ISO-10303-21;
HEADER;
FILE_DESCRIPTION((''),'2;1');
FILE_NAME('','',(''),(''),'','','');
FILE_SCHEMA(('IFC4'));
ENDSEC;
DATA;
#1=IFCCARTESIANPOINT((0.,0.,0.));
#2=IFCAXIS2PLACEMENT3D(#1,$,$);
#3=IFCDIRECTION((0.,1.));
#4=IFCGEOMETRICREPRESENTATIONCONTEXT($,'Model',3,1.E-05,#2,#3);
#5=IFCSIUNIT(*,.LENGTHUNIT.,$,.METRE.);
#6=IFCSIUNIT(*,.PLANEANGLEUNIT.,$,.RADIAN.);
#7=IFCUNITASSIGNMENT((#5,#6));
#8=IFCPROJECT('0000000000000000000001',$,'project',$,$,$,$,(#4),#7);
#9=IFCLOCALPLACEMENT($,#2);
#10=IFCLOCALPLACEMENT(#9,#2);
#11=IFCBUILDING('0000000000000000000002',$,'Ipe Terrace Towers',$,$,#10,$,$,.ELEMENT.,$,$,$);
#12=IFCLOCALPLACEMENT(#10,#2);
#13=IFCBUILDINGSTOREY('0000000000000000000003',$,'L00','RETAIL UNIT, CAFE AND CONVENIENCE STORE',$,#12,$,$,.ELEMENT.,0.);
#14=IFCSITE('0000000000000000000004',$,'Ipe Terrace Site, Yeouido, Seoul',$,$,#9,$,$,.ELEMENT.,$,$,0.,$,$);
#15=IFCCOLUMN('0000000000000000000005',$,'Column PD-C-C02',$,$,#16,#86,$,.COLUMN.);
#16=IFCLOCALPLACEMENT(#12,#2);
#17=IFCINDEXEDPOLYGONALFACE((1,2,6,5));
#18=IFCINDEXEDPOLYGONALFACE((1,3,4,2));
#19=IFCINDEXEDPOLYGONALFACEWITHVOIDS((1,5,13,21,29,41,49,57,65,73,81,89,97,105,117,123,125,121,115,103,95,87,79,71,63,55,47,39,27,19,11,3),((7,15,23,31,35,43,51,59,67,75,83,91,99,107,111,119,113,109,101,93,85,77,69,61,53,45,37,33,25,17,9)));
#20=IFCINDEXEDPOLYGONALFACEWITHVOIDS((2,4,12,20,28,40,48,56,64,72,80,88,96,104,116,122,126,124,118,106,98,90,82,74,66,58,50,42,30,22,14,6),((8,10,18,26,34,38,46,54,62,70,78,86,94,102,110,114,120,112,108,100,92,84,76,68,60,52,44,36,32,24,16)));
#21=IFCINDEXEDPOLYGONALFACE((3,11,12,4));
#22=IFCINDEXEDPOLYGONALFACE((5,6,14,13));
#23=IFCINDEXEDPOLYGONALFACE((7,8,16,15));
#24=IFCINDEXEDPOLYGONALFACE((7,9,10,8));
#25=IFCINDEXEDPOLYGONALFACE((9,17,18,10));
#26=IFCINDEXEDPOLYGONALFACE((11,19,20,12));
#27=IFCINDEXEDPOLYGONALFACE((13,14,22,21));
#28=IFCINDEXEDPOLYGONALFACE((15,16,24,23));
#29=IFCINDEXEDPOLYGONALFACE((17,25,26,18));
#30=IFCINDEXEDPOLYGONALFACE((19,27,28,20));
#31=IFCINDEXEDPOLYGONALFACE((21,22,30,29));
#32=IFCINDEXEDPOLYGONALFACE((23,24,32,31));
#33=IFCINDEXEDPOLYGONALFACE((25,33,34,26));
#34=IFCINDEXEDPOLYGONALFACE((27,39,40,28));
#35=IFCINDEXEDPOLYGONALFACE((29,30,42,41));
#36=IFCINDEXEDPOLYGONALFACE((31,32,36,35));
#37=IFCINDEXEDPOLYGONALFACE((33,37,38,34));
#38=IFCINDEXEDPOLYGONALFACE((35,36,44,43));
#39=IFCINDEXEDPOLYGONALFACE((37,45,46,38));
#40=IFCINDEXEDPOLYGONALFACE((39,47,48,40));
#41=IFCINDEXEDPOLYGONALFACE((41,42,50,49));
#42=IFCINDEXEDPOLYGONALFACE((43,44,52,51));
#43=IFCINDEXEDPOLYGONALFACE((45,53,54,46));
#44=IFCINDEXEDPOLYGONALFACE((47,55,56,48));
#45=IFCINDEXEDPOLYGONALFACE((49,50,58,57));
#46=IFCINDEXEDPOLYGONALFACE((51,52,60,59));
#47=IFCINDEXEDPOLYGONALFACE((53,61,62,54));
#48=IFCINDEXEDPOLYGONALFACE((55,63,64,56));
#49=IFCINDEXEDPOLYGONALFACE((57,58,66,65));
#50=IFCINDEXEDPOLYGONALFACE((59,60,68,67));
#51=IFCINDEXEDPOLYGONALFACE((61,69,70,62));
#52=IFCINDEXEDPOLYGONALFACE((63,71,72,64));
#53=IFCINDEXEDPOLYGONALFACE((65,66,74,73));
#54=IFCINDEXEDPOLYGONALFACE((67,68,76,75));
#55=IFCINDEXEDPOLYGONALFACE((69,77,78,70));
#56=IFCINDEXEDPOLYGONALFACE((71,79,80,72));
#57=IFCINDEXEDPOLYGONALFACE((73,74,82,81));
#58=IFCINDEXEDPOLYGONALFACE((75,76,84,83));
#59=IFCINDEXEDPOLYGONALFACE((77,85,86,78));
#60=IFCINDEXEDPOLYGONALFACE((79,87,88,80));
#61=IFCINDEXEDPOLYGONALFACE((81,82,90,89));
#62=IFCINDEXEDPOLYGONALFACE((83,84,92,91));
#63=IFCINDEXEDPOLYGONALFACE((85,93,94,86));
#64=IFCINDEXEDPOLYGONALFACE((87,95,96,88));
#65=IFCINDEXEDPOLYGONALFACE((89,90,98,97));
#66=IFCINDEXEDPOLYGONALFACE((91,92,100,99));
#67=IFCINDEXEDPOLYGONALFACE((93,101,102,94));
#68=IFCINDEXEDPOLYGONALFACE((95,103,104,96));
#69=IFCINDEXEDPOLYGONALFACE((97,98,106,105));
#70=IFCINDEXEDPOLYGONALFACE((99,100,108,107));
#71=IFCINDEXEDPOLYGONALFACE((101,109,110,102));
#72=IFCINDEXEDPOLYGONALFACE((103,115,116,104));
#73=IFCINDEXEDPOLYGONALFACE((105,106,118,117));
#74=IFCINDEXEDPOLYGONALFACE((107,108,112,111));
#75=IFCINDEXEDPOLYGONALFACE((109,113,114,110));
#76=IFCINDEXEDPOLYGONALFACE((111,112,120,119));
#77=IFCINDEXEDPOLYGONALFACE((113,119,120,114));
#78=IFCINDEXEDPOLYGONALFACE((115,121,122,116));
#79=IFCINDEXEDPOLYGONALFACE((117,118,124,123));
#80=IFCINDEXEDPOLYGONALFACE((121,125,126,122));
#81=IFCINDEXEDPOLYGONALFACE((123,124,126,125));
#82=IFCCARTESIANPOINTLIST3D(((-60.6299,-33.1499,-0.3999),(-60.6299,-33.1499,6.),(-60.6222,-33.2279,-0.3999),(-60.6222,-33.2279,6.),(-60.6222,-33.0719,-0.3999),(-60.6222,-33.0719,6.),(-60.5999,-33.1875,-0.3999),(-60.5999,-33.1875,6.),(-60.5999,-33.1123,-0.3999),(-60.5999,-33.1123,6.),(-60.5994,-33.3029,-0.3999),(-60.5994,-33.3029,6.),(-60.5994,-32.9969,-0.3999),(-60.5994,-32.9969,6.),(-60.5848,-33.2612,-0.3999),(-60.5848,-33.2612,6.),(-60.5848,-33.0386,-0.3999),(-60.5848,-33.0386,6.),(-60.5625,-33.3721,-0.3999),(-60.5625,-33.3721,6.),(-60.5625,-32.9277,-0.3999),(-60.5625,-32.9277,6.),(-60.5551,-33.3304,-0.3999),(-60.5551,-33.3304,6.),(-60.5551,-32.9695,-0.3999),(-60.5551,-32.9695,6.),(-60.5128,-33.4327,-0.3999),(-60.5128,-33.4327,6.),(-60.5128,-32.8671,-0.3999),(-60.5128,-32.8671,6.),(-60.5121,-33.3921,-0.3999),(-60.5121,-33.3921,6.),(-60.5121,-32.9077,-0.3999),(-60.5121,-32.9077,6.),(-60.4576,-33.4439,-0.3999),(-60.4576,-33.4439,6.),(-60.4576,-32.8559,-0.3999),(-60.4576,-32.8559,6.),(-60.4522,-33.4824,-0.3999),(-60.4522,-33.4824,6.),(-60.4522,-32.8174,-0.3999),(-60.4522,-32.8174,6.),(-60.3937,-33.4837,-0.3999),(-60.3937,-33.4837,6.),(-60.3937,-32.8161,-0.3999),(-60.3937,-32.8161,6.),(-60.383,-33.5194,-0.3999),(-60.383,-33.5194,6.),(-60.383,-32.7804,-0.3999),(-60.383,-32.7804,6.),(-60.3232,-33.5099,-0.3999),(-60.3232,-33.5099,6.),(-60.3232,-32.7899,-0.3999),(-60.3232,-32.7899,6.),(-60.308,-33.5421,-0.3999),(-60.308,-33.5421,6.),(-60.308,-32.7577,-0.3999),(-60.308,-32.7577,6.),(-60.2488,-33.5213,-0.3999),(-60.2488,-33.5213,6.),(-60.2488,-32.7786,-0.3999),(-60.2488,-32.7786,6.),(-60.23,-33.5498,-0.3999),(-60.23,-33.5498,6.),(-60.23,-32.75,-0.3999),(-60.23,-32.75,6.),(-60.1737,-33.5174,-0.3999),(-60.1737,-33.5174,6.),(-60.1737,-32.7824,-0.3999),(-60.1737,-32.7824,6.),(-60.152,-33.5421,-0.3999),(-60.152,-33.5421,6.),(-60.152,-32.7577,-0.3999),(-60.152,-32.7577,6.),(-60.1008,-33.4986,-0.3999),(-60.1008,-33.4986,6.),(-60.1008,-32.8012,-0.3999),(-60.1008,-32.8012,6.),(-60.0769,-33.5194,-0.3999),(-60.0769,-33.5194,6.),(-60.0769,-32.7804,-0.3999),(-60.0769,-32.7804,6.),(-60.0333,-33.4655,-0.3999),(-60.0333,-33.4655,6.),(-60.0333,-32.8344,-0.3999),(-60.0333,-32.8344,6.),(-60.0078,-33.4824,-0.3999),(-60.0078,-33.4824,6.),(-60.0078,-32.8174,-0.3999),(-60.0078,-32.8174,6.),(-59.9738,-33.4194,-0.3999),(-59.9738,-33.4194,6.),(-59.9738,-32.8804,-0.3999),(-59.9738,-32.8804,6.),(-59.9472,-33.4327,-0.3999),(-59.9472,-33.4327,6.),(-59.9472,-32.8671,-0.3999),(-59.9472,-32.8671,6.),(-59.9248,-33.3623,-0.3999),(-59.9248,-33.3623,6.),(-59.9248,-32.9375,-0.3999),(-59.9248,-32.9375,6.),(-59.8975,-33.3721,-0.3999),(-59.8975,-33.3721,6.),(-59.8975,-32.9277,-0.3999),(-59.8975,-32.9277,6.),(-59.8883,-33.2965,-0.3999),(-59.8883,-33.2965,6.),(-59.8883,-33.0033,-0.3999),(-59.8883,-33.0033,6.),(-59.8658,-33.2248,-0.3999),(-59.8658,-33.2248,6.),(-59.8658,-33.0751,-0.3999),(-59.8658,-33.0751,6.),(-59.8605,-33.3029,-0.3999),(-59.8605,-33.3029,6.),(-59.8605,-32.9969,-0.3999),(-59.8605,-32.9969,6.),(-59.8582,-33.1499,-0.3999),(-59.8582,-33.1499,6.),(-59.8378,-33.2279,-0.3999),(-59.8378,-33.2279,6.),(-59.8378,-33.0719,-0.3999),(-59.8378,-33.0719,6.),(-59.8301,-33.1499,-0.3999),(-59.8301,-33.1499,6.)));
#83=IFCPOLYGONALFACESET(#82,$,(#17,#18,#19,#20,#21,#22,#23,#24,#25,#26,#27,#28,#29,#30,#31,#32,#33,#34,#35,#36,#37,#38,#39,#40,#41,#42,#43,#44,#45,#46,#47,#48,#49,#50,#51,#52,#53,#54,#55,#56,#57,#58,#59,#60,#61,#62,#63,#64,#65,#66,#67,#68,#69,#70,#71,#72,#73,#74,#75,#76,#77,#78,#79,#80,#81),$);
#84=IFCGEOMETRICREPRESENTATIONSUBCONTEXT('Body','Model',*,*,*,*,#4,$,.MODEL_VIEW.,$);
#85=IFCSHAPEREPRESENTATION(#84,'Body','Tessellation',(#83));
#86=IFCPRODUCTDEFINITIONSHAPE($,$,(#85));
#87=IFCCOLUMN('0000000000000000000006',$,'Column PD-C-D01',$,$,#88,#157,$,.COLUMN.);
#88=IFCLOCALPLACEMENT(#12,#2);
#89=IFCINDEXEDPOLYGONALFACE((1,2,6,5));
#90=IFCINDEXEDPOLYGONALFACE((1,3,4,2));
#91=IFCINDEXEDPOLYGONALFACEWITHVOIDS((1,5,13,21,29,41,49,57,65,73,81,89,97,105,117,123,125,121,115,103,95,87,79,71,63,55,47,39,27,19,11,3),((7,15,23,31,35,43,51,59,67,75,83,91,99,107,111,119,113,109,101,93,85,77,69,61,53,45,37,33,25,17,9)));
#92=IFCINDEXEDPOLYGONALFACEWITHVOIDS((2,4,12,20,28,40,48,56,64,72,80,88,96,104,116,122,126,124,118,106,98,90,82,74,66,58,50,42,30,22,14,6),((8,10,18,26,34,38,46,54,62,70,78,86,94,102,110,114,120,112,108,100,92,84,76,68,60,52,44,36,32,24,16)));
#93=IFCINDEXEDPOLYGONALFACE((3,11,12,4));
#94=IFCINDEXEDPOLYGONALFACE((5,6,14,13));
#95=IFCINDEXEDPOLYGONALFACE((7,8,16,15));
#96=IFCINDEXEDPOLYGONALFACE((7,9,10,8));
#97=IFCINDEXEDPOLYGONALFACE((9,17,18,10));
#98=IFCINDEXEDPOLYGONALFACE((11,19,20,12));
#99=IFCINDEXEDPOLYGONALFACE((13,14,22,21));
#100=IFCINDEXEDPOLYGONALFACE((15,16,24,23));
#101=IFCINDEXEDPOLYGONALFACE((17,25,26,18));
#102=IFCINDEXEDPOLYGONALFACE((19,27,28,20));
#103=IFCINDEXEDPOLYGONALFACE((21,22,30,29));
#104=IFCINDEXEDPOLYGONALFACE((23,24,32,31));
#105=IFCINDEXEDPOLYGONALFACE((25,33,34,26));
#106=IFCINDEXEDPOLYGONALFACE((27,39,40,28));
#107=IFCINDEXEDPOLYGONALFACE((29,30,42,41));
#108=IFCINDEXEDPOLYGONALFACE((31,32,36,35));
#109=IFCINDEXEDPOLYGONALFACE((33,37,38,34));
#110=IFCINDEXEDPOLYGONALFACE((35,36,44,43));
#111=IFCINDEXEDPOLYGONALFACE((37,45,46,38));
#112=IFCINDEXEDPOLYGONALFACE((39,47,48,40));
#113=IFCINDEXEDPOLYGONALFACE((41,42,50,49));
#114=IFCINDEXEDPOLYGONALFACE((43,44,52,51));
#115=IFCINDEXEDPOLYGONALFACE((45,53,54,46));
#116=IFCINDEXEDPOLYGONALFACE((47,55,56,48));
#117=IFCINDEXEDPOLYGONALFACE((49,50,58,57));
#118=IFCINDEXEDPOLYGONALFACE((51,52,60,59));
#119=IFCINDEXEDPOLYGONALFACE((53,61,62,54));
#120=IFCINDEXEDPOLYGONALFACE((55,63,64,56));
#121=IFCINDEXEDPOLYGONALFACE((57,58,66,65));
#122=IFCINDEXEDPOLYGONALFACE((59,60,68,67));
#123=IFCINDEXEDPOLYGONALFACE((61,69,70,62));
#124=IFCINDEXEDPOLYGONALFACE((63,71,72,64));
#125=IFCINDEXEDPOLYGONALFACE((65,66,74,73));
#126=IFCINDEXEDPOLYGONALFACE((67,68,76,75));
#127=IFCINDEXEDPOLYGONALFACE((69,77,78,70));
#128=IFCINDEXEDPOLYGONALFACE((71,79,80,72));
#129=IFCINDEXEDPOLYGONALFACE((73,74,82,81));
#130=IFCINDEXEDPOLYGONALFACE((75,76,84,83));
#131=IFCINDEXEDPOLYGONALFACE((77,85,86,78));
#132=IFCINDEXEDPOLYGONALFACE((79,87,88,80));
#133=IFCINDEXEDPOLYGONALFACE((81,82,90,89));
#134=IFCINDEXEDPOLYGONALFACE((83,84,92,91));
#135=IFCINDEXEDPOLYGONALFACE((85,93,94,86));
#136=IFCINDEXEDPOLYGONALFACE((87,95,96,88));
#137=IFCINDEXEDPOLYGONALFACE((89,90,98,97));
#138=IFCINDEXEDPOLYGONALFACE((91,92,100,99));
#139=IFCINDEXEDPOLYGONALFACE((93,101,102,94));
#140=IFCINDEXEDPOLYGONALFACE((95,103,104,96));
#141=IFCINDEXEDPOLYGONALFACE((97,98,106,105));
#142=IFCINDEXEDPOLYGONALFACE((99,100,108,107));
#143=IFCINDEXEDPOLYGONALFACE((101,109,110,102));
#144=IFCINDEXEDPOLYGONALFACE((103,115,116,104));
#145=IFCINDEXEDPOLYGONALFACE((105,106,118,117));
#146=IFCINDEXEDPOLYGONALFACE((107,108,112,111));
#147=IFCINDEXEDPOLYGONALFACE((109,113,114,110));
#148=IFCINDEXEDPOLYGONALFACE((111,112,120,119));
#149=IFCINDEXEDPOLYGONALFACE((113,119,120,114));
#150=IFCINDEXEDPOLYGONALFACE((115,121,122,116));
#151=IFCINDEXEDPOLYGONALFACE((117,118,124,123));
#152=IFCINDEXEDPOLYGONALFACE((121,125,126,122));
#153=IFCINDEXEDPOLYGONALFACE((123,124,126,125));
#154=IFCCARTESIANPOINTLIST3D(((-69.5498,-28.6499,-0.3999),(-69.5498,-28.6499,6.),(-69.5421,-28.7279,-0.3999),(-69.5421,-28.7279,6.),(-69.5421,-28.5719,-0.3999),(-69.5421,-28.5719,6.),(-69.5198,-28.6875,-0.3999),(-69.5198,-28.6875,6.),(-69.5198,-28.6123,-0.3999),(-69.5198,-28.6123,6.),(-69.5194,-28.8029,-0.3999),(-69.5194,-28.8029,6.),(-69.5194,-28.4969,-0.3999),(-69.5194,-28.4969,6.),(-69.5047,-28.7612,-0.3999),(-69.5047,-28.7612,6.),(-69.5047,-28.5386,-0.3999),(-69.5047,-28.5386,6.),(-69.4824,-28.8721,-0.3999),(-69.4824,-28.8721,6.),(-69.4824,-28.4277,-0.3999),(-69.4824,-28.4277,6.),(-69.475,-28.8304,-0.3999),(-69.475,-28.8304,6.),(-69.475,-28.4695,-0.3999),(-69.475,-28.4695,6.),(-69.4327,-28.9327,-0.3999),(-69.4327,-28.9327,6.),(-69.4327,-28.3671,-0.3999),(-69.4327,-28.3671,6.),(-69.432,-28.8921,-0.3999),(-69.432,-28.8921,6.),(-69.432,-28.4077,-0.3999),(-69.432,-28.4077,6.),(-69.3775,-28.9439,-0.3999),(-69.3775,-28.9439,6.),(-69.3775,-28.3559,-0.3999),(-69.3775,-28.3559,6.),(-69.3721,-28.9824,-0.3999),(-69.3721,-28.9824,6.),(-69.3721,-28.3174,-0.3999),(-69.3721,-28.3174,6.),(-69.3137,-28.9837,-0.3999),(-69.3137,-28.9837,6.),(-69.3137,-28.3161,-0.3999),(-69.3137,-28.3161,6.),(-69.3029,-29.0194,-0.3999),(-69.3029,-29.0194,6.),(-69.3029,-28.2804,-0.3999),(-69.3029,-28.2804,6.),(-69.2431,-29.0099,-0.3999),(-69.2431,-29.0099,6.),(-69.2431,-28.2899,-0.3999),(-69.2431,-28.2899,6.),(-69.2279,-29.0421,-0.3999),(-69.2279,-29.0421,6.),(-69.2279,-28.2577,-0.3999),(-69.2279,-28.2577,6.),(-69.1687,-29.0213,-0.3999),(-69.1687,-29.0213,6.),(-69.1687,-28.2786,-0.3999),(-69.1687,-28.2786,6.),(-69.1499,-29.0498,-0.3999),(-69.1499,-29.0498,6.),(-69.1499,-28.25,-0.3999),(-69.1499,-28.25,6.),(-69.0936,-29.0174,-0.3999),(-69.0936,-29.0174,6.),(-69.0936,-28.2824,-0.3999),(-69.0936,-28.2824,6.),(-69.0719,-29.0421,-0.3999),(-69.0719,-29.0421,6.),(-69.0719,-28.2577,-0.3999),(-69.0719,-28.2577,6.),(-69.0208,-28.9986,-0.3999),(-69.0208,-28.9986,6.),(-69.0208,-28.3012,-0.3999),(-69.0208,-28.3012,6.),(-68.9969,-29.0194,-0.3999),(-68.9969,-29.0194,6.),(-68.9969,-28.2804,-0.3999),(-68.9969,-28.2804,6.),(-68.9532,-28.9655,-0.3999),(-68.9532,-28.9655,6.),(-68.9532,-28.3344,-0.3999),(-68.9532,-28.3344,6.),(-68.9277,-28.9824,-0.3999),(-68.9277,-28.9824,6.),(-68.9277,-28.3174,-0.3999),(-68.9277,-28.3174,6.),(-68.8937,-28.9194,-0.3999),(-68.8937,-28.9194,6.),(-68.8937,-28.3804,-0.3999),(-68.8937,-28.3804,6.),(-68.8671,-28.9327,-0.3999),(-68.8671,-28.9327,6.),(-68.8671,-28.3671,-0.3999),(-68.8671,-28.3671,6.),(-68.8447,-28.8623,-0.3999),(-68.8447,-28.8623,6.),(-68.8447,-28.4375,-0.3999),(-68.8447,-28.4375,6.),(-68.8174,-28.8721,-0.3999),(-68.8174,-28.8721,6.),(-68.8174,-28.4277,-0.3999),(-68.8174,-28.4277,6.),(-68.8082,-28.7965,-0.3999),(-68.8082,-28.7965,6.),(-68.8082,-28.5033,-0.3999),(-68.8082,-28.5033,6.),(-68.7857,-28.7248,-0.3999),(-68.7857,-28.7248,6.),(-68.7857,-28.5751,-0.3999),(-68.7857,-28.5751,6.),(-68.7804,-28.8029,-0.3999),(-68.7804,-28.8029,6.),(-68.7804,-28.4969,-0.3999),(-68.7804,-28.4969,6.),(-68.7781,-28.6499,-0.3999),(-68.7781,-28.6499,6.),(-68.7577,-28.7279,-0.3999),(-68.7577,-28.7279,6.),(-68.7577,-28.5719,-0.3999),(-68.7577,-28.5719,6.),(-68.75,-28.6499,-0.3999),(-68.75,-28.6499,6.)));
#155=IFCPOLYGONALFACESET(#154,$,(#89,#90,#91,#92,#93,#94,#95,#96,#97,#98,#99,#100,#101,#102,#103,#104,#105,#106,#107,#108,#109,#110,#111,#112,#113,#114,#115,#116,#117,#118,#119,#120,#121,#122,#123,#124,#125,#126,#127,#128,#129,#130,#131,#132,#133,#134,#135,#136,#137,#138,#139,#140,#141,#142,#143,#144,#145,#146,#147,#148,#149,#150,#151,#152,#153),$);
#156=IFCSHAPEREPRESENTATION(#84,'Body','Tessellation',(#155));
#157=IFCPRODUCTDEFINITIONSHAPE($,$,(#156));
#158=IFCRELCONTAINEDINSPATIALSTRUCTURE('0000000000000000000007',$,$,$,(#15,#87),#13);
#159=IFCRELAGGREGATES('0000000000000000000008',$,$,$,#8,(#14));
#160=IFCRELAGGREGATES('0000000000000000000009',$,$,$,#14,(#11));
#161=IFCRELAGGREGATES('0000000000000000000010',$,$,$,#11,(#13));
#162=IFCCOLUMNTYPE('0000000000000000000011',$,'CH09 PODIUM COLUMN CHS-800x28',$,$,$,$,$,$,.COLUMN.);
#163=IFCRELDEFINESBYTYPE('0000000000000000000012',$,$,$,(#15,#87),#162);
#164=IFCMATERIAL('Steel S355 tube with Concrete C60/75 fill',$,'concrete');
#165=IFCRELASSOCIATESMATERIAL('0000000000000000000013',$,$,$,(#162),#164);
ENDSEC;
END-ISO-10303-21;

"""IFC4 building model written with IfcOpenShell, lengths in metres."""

from ifc_helpers import new_model, si_unit, direction, frame, origin, origin_2d, place, context, subcontext, project, spatial, hollow_circle, extrude, material, material_profile, profile_set, type_object, element, save


model = new_model("IFC4")

# Units and contexts
model_context = context("Model", 3, precision=1e-05, world=origin(), true_north=direction((0.0, 1.0)))
body_context = subcontext(model_context, "Body", "Model", "MODEL_VIEW")
ifc_project = project(units=[si_unit("LENGTHUNIT", "METRE"), si_unit("PLANEANGLEUNIT", "RADIAN")], contexts=[model_context])

# Site, building, storey
site_placement = place(None, origin())
site = spatial("IfcSite", under=ifc_project, at=site_placement, Name="Ipe Terrace Site, Yeouido, Seoul", CompositionType="ELEMENT", RefElevation=0.0)
building_placement = place(site_placement, origin())
building = spatial("IfcBuilding", under=site, at=building_placement, Name="Ipe Terrace Towers", CompositionType="ELEMENT")
storey_placement = place(building_placement, origin())
storey = spatial("IfcBuildingStorey", under=building, at=storey_placement, Name="L00", Description="RETAIL UNIT, CAFE AND CONVENIENCE STORE", CompositionType="ELEMENT", Elevation=0.0)

# Columns
ifc_material_1 = material(Name="Steel S355 tube with Concrete C60/75 fill", Category="concrete")
ifc_material_profile_1 = material_profile(ifc_material_1, hollow_circle(Radius=0.3999, WallThickness=0.0281, at=origin_2d()), Name="CHS-800x28")
ifc_profile_set_1 = profile_set([ifc_material_profile_1], Name="Steel S355 tube with Concrete C60/75 fill")
column_type_1 = type_object("IfcColumnType", Name="CH09 PODIUM COLUMN CHS-800x28", PredefinedType="COLUMN", material=ifc_profile_set_1)
for number, where, z_axis, x_axis, name in (
    (1, (-60.23, -33.1499, -0.3999), (0.0, 0.0, 1.0), (1.0, 0.0, 0.0), "Column PD-C-C02"),
    (2, (-69.1499, -28.6499, -0.3999), (0.0, 0.0, 1.0), (1.0, 0.0, 0.0), "Column PD-C-D01"),
):
    element("IfcColumn", number, at=place(storey_placement, frame(where, z_axis=z_axis, x_axis=x_axis)), inside=storey, type_object=column_type_1, Name=name, PredefinedType="COLUMN", context=body_context, shape_type="SweptSolid", body=[
        extrude(hollow_circle(Radius=0.3999, WallThickness=0.0281, at=origin_2d()), origin(), (0.0, 0.0, 1.0), 6.3999),
    ])

save(model, "model.ifc")
